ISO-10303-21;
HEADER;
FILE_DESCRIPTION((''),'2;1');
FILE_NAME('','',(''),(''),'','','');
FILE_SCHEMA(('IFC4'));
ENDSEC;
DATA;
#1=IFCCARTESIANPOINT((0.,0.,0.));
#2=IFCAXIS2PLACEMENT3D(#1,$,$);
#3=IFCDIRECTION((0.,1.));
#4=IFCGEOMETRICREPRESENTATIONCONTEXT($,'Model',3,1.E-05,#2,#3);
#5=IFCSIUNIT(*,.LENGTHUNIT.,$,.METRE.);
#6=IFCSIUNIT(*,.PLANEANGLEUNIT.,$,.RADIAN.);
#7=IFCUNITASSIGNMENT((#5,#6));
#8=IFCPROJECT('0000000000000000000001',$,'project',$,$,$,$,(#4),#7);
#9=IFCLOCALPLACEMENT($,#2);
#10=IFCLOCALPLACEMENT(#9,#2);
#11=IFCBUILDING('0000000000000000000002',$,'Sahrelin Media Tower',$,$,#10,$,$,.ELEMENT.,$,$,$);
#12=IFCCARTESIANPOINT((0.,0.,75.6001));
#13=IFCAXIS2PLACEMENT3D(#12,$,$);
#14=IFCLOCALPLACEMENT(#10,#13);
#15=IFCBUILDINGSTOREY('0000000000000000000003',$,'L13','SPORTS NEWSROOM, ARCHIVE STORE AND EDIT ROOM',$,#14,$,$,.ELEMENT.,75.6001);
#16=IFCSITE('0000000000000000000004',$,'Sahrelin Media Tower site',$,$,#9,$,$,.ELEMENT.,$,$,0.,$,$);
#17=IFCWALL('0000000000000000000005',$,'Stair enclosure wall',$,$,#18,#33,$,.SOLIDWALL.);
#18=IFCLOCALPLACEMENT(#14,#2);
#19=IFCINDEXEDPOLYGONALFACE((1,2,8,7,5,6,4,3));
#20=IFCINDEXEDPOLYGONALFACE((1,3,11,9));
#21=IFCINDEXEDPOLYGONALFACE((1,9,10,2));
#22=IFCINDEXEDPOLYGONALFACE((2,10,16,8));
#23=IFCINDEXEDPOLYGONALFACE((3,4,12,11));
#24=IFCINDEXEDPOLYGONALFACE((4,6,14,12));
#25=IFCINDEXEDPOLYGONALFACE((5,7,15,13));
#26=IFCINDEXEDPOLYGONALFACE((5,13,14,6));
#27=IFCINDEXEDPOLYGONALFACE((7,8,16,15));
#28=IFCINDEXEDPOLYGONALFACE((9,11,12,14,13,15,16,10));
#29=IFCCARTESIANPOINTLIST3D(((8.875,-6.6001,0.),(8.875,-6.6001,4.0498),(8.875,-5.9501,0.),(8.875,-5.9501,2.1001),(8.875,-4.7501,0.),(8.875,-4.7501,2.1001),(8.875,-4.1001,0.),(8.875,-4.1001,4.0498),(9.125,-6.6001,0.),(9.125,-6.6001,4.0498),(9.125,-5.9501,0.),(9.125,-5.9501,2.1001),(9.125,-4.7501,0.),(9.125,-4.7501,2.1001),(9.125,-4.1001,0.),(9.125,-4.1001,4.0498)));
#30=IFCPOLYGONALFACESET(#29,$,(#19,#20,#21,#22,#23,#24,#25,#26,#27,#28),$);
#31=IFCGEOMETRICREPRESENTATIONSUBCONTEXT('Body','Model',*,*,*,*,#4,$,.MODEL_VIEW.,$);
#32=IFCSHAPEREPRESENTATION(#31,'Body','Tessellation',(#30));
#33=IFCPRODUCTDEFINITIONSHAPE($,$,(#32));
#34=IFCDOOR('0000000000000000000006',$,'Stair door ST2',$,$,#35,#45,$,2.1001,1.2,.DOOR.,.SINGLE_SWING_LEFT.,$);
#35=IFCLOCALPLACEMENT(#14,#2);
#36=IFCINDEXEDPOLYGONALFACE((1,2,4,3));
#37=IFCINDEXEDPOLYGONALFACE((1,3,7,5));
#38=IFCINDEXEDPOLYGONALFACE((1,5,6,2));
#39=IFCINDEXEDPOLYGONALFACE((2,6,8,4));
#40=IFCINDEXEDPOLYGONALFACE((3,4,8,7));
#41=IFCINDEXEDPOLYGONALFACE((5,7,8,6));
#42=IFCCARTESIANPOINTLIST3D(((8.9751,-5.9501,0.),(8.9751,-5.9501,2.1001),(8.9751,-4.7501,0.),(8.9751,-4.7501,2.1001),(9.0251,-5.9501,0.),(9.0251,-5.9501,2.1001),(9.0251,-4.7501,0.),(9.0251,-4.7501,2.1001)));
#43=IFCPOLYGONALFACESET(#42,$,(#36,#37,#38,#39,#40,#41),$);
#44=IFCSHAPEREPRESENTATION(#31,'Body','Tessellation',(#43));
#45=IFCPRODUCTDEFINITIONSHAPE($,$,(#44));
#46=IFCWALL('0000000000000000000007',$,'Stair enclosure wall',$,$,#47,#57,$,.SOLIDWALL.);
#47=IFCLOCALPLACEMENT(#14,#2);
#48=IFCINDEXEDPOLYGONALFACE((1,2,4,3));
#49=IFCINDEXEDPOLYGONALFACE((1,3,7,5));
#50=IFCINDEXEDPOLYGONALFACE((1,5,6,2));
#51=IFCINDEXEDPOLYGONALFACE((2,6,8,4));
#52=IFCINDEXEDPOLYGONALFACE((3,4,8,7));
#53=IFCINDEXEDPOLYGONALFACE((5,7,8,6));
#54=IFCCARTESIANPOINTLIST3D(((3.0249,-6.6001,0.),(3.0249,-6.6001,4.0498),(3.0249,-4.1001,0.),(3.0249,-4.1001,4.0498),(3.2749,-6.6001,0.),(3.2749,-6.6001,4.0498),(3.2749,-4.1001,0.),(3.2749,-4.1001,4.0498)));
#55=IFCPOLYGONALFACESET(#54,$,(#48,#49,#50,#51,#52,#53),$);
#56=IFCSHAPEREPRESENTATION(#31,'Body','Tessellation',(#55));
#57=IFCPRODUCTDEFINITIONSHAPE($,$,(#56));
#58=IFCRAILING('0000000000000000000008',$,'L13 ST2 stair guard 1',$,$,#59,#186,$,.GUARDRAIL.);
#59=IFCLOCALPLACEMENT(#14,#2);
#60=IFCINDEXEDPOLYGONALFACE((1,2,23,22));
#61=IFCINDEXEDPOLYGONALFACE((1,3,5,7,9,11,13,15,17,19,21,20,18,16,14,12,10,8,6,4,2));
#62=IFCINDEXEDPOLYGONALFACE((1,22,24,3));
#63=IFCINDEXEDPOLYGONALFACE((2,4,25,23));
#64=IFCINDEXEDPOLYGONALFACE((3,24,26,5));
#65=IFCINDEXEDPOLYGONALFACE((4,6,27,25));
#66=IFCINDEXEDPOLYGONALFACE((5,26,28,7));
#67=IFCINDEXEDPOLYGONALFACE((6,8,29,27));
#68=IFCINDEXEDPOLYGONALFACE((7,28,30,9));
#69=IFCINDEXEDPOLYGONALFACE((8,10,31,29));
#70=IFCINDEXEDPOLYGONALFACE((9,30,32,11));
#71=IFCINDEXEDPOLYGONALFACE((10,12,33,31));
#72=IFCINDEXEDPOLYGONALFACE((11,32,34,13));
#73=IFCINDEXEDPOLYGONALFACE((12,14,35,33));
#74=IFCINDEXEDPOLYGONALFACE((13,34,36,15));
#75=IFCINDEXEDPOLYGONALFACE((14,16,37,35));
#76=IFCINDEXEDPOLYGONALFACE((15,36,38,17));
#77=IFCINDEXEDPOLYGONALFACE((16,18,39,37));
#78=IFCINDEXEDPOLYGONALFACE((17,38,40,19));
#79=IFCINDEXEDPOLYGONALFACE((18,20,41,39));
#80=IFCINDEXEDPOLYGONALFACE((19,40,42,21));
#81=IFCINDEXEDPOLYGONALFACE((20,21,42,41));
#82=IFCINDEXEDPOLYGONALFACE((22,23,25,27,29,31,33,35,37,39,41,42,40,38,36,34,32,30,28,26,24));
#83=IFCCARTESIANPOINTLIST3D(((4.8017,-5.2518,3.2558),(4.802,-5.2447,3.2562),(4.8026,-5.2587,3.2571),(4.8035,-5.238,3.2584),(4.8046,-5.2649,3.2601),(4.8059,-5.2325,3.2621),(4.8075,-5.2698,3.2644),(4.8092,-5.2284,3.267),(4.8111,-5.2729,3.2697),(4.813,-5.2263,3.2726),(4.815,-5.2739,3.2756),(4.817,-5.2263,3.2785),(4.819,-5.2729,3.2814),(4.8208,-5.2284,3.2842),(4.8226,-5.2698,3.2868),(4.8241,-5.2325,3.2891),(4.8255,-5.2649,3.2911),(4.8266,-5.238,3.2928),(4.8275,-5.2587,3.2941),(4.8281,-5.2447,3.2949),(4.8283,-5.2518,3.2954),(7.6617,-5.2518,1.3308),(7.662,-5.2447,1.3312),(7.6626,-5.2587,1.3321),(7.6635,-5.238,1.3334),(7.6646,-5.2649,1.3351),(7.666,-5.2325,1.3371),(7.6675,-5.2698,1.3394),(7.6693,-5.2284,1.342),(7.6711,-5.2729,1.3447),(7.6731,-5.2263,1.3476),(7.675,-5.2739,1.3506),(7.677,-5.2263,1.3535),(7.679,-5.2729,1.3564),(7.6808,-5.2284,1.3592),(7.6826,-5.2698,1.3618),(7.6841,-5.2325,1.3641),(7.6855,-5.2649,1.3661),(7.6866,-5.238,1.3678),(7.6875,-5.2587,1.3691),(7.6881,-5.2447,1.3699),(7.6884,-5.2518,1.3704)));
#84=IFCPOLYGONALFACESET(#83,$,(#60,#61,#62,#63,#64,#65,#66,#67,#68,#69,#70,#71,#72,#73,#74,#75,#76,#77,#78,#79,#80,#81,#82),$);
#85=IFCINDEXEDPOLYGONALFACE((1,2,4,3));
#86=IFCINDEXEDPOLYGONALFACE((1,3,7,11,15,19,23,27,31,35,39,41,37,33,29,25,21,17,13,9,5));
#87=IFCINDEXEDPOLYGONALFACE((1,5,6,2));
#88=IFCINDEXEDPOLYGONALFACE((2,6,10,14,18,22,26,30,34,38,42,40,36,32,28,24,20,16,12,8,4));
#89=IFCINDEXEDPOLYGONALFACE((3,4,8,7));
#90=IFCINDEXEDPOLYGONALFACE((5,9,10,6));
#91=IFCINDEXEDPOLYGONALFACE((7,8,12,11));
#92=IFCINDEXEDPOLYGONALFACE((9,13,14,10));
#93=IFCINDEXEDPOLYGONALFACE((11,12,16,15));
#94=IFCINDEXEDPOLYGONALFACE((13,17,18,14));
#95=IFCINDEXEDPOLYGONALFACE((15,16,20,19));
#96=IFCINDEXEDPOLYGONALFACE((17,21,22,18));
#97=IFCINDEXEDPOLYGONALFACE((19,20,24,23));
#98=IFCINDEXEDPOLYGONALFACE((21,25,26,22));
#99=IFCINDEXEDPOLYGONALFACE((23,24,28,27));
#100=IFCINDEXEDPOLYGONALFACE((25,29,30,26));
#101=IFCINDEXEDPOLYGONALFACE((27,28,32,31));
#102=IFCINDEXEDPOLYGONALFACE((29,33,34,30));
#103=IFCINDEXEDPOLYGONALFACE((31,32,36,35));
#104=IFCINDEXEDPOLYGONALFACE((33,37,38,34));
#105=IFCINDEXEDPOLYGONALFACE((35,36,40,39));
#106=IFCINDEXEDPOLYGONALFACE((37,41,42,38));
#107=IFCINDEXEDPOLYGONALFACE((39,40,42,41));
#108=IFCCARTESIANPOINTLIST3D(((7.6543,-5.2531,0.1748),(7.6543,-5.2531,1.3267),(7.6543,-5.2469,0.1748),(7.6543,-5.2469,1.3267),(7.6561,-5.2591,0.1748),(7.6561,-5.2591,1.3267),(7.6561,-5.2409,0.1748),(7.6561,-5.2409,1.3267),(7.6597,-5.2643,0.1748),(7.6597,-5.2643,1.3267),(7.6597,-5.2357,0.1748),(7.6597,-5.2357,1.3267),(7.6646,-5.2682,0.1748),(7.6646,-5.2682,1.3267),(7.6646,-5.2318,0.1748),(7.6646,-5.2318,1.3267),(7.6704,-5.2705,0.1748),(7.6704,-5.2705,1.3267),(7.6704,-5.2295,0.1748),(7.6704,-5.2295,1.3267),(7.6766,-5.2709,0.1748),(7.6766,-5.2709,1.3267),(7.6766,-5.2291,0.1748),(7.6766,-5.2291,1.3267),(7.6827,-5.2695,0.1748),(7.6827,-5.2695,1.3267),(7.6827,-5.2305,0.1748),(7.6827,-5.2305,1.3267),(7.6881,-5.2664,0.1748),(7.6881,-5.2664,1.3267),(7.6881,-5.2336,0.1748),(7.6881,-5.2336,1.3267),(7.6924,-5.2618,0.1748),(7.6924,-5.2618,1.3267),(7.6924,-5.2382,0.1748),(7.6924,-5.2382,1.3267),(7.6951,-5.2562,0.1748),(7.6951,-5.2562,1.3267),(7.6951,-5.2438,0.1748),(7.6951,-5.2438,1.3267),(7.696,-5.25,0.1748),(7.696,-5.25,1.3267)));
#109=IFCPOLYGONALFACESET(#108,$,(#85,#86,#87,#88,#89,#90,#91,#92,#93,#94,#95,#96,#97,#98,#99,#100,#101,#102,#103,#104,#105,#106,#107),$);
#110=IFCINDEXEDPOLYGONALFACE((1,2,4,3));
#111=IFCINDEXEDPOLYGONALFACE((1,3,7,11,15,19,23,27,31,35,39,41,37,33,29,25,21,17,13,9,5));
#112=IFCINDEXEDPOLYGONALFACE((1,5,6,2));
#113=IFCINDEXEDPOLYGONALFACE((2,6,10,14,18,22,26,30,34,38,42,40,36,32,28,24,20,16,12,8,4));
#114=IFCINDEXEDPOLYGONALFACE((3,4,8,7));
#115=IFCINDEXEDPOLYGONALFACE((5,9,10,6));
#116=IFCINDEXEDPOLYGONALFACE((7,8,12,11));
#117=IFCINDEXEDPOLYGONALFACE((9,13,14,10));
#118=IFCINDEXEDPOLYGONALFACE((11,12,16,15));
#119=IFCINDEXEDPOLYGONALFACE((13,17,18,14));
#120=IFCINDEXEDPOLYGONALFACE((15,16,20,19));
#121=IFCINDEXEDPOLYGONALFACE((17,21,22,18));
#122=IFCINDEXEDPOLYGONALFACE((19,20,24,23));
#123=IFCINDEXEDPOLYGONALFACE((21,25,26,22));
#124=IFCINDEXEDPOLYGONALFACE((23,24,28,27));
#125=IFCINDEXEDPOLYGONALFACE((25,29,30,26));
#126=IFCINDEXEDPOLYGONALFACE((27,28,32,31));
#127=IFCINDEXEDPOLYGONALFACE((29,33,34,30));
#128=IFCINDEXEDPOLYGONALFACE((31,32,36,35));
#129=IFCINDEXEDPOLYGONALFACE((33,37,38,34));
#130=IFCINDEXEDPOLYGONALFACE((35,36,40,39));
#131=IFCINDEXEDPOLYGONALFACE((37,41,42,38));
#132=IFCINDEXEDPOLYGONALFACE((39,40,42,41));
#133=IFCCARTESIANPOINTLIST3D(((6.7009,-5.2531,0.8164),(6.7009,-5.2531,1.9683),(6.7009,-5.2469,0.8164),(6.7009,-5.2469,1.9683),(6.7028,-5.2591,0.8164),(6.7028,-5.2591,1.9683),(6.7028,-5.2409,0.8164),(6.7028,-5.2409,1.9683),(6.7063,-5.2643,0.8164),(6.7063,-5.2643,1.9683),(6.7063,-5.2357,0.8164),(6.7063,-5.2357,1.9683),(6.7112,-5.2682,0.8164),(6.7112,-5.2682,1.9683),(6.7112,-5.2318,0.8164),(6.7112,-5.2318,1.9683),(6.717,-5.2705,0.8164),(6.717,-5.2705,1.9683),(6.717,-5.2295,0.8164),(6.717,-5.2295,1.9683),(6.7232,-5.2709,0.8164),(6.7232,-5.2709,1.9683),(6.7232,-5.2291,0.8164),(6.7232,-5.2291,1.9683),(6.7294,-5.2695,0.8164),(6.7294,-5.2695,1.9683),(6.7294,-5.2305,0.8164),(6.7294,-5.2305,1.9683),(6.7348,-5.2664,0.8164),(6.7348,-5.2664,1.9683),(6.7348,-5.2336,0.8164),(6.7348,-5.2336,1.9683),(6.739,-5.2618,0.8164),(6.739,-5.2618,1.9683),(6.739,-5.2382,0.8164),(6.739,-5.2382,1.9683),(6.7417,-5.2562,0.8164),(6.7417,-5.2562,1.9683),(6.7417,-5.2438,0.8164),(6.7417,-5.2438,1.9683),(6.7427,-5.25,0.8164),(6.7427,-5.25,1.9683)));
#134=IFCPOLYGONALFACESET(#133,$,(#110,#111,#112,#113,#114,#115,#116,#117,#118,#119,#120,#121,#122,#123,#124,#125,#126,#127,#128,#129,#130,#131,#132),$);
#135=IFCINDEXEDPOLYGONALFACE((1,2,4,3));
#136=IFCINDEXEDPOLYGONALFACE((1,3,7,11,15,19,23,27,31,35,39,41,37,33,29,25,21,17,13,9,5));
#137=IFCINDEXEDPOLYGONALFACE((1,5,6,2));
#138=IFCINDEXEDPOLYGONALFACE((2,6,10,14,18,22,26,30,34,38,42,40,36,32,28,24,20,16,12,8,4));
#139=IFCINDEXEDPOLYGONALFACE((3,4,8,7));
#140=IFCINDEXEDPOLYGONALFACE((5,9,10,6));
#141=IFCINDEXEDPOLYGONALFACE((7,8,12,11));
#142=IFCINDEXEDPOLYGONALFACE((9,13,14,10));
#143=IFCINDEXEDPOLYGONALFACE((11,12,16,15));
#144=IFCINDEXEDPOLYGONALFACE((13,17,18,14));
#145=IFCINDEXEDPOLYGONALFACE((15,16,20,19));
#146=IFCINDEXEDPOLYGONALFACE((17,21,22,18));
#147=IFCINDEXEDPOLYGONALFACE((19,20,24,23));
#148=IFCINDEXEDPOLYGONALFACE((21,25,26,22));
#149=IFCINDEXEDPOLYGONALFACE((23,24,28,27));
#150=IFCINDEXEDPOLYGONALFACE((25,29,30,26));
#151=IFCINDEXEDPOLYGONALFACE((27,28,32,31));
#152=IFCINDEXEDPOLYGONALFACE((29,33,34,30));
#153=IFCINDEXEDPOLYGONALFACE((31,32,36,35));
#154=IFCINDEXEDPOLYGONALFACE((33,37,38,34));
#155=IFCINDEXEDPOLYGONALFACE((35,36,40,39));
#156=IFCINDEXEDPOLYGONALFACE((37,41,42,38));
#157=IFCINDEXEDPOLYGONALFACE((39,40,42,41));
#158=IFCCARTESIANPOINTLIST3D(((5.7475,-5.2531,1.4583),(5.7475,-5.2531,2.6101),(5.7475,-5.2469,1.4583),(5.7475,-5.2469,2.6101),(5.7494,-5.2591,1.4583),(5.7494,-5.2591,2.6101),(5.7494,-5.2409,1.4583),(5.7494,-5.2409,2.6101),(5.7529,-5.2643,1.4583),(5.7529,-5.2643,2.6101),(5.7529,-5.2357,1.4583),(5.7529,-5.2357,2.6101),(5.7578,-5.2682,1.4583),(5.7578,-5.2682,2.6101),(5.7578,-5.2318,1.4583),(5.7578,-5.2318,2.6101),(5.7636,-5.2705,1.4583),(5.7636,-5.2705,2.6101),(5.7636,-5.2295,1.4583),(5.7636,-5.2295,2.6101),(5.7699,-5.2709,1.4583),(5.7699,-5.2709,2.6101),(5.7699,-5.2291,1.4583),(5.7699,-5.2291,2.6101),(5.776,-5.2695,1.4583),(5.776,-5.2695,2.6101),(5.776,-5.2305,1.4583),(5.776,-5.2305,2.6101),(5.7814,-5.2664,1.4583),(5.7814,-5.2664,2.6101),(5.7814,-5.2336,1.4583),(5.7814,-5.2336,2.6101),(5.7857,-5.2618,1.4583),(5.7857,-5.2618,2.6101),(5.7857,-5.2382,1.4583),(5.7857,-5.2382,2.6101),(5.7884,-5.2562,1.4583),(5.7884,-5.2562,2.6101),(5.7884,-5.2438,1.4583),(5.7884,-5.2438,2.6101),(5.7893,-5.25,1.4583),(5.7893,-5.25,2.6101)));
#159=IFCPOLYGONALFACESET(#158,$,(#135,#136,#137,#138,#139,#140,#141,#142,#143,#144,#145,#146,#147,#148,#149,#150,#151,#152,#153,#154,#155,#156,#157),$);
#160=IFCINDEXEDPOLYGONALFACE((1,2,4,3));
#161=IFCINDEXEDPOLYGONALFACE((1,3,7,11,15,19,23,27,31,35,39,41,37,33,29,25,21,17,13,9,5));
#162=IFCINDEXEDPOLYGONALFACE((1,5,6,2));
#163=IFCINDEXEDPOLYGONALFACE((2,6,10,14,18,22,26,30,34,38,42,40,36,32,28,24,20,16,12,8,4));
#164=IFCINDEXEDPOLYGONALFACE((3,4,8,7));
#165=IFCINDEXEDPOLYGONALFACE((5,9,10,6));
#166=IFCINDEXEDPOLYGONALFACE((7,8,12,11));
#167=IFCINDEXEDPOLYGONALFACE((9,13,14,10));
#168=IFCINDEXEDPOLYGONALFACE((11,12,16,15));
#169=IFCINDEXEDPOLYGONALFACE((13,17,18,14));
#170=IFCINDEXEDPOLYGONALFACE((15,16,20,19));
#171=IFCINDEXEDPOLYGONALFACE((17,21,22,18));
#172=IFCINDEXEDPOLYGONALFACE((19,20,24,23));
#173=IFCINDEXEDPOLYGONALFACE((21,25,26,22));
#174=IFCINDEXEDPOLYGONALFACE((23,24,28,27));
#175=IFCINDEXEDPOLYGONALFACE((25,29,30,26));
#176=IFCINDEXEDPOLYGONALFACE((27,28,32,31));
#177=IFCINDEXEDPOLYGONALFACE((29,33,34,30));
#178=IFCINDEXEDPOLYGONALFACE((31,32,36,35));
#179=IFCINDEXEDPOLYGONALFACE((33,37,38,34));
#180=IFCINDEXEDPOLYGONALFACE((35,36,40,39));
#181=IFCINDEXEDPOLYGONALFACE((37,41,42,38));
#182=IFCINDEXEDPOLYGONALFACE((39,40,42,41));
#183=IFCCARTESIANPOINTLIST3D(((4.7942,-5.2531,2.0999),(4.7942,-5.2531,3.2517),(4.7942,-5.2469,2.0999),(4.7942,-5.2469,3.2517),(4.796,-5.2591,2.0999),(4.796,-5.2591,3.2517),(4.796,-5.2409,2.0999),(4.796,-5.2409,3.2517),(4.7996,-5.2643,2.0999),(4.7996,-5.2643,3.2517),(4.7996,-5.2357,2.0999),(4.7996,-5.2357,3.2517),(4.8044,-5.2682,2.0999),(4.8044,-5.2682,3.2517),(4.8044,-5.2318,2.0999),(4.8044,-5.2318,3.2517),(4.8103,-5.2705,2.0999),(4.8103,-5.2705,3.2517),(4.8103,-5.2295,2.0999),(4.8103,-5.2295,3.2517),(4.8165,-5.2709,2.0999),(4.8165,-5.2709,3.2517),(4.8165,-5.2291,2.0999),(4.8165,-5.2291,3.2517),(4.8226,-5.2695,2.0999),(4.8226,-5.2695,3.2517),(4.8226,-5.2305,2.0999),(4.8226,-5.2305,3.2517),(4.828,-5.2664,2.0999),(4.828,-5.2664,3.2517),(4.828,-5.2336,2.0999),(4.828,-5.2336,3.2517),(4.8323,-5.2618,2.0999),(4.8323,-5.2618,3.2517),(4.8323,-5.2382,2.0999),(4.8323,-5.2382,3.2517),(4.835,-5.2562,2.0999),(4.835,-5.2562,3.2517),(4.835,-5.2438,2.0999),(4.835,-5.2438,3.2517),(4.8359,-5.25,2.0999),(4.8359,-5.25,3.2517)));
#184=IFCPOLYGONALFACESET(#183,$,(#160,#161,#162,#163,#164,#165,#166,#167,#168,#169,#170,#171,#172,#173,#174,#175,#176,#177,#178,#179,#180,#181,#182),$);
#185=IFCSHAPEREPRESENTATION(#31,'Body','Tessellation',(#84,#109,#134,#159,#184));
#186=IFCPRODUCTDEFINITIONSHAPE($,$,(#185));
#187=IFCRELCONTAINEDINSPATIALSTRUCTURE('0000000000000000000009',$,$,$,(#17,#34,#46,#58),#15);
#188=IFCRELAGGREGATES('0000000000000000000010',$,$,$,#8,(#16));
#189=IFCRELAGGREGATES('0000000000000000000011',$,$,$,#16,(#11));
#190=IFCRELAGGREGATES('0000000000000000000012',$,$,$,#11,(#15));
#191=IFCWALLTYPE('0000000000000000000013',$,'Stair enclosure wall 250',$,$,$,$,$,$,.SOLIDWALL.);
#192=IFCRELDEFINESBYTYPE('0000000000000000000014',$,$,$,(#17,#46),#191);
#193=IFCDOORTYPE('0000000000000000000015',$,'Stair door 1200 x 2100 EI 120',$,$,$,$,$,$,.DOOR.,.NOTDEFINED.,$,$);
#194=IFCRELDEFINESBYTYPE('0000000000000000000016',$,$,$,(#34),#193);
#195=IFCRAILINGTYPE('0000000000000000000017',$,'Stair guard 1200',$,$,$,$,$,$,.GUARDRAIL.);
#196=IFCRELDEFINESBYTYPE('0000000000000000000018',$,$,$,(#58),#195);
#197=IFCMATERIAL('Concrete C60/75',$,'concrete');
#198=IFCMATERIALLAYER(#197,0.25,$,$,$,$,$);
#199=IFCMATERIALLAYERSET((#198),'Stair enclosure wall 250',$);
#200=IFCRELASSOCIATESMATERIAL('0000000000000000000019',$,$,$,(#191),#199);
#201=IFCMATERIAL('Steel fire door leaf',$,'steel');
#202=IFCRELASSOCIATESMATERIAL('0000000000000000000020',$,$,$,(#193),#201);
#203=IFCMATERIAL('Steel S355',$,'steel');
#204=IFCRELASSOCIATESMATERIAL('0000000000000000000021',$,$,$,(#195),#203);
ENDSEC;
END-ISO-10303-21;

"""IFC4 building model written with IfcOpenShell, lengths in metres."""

from ifc_helpers import new_model, si_unit, direction, frame, frame_2d, origin, origin_2d, place, context, subcontext, project, spatial, rectangle, circle, extrude, material, layer, layer_set, type_object, element, fill, save


model = new_model("IFC4")

# Units and contexts
model_context = context("Model", 3, precision=1e-05, world=origin(), true_north=direction((0.0, 1.0)))
body_context = subcontext(model_context, "Body", "Model", "MODEL_VIEW")
ifc_project = project(units=[si_unit("LENGTHUNIT", "METRE"), si_unit("PLANEANGLEUNIT", "RADIAN")], contexts=[model_context])

# Site, building, storey
site_placement = place(None, origin())
site = spatial("IfcSite", under=ifc_project, at=site_placement, Name="Sahrelin Media Tower site", CompositionType="ELEMENT", RefElevation=0.0)
building_placement = place(site_placement, origin())
building = spatial("IfcBuilding", under=site, at=building_placement, Name="Sahrelin Media Tower", CompositionType="ELEMENT")
storey_placement = place(building_placement, frame((0.0, 0.0, 75.6001)))
storey = spatial("IfcBuildingStorey", under=building, at=storey_placement, Name="L13", Description="SPORTS NEWSROOM, ARCHIVE STORE AND EDIT ROOM", CompositionType="ELEMENT", Elevation=75.6001)

# Shared definitions
ifc_material_1 = material(Name="Steel S355", Category="steel")

# Shared definitions
ifc_material_2 = material(Name="Concrete C60/75", Category="concrete")

# Shared definitions
ifc_material_3 = material(Name="Steel fire door leaf", Category="steel")

# Wall, opening, door
ifc_layer_1 = layer(ifc_material_2, 0.25)
ifc_layer_set_1 = layer_set([ifc_layer_1], Name="Stair enclosure wall 250")
wall_type_1 = type_object("IfcWallType", Name="Stair enclosure wall 250", PredefinedType="SOLIDWALL", material=ifc_layer_set_1)
wall_1_placement = place(storey_placement, frame((9.0, -6.6001, 0.0), z_axis=(0.0, 0.0, 1.0), x_axis=(0.0, 1.0, 0.0)))
wall_1 = element("IfcWall", 1, at=wall_1_placement, inside=storey, type_object=wall_type_1, Name="Stair enclosure wall", PredefinedType="SOLIDWALL", context=body_context, shape_type="SweptSolid", body=[
    extrude(rectangle(XDim=2.5, YDim=0.25, at=frame_2d((1.25, 0.0))), origin(), (0.0, 0.0, 1.0), 4.0498),
])
opening_1_placement = place(wall_1_placement, frame((0.6499, 0.0, 0.0)))
opening_1 = element("IfcOpeningElement", 2, at=opening_1_placement, cuts=wall_1, PredefinedType="OPENING", context=body_context, shape_type="SweptSolid", body=[
    extrude(rectangle(XDim=1.2, YDim=2.1001, at=frame_2d((0.6001, 1.05))), frame((0.0, 0.125, 0.0), z_axis=(0.0, -1.0, 0.0), x_axis=(1.0, 0.0, 0.0)), (0.0, 0.0, 1.0), 0.25),
])
door_type_1 = type_object("IfcDoorType", Name="Stair door 1200 x 2100 EI 120", OperationType="NOTDEFINED", PredefinedType="DOOR", material=ifc_material_3)
door_1_placement = place(opening_1_placement, origin())
door_1 = element("IfcDoor", 3, at=door_1_placement, inside=storey, type_object=door_type_1, Name="Stair door ST2", OperationType="SINGLE_SWING_LEFT", OverallHeight=2.1001, OverallWidth=1.2, PredefinedType="DOOR", context=body_context, shape_type="SweptSolid", body=[
    extrude(rectangle(XDim=1.2, YDim=2.1001, at=frame_2d((0.6001, 1.05))), frame((0.0, 0.0249, 0.0), z_axis=(0.0, -1.0, 0.0), x_axis=(1.0, 0.0, 0.0)), (0.0, 0.0, 1.0), 0.05),
])
fill(opening_1, door_1)

# Wall
wall_2_placement = place(storey_placement, frame((3.1499, -6.6001, 0.0), z_axis=(0.0, 0.0, 1.0), x_axis=(0.0, 1.0, 0.0)))
element("IfcWall", 4, at=wall_2_placement, inside=storey, type_object=wall_type_1, Name="Stair enclosure wall", PredefinedType="SOLIDWALL", context=body_context, shape_type="SweptSolid", body=[
    extrude(rectangle(XDim=2.5, YDim=0.25, at=frame_2d((1.25, 0.0))), origin(), (0.0, 0.0, 1.0), 4.0498),
])

# Railing
railing_type_1 = type_object("IfcRailingType", Name="Stair guard 1200", PredefinedType="GUARDRAIL", material=ifc_material_1)
railing_1_placement = place(storey_placement, frame((7.675, -5.25, 0.1748)))
element("IfcRailing", 5, at=railing_1_placement, inside=storey, type_object=railing_type_1, Name="L13 ST2 stair guard 1", PredefinedType="GUARDRAIL", context=body_context, shape_type="SweptSolid", body=[
    extrude(circle(Radius=0.0239, at=origin_2d()), frame((0.0, 0.0, 1.1758), z_axis=(-0.829591, 0.0, 0.558372), x_axis=(0.0, -1.0, 0.0)), (0.0, 0.0, 1.0), 3.4475),
    extrude(circle(Radius=0.021, at=origin_2d()), origin(), (0.0, 0.0, 1.0), 1.1519),
    extrude(circle(Radius=0.021, at=origin_2d()), frame((-0.9534, 0.0, 0.6416)), (0.0, 0.0, 1.0), 1.1519),
    extrude(circle(Radius=0.021, at=origin_2d()), frame((-1.9067, 0.0, 1.2834)), (0.0, 0.0, 1.0), 1.1519),
    extrude(circle(Radius=0.021, at=origin_2d()), frame((-2.8601, 0.0, 1.925)), (0.0, 0.0, 1.0), 1.1519),
])

save(model, "model.ifc")
